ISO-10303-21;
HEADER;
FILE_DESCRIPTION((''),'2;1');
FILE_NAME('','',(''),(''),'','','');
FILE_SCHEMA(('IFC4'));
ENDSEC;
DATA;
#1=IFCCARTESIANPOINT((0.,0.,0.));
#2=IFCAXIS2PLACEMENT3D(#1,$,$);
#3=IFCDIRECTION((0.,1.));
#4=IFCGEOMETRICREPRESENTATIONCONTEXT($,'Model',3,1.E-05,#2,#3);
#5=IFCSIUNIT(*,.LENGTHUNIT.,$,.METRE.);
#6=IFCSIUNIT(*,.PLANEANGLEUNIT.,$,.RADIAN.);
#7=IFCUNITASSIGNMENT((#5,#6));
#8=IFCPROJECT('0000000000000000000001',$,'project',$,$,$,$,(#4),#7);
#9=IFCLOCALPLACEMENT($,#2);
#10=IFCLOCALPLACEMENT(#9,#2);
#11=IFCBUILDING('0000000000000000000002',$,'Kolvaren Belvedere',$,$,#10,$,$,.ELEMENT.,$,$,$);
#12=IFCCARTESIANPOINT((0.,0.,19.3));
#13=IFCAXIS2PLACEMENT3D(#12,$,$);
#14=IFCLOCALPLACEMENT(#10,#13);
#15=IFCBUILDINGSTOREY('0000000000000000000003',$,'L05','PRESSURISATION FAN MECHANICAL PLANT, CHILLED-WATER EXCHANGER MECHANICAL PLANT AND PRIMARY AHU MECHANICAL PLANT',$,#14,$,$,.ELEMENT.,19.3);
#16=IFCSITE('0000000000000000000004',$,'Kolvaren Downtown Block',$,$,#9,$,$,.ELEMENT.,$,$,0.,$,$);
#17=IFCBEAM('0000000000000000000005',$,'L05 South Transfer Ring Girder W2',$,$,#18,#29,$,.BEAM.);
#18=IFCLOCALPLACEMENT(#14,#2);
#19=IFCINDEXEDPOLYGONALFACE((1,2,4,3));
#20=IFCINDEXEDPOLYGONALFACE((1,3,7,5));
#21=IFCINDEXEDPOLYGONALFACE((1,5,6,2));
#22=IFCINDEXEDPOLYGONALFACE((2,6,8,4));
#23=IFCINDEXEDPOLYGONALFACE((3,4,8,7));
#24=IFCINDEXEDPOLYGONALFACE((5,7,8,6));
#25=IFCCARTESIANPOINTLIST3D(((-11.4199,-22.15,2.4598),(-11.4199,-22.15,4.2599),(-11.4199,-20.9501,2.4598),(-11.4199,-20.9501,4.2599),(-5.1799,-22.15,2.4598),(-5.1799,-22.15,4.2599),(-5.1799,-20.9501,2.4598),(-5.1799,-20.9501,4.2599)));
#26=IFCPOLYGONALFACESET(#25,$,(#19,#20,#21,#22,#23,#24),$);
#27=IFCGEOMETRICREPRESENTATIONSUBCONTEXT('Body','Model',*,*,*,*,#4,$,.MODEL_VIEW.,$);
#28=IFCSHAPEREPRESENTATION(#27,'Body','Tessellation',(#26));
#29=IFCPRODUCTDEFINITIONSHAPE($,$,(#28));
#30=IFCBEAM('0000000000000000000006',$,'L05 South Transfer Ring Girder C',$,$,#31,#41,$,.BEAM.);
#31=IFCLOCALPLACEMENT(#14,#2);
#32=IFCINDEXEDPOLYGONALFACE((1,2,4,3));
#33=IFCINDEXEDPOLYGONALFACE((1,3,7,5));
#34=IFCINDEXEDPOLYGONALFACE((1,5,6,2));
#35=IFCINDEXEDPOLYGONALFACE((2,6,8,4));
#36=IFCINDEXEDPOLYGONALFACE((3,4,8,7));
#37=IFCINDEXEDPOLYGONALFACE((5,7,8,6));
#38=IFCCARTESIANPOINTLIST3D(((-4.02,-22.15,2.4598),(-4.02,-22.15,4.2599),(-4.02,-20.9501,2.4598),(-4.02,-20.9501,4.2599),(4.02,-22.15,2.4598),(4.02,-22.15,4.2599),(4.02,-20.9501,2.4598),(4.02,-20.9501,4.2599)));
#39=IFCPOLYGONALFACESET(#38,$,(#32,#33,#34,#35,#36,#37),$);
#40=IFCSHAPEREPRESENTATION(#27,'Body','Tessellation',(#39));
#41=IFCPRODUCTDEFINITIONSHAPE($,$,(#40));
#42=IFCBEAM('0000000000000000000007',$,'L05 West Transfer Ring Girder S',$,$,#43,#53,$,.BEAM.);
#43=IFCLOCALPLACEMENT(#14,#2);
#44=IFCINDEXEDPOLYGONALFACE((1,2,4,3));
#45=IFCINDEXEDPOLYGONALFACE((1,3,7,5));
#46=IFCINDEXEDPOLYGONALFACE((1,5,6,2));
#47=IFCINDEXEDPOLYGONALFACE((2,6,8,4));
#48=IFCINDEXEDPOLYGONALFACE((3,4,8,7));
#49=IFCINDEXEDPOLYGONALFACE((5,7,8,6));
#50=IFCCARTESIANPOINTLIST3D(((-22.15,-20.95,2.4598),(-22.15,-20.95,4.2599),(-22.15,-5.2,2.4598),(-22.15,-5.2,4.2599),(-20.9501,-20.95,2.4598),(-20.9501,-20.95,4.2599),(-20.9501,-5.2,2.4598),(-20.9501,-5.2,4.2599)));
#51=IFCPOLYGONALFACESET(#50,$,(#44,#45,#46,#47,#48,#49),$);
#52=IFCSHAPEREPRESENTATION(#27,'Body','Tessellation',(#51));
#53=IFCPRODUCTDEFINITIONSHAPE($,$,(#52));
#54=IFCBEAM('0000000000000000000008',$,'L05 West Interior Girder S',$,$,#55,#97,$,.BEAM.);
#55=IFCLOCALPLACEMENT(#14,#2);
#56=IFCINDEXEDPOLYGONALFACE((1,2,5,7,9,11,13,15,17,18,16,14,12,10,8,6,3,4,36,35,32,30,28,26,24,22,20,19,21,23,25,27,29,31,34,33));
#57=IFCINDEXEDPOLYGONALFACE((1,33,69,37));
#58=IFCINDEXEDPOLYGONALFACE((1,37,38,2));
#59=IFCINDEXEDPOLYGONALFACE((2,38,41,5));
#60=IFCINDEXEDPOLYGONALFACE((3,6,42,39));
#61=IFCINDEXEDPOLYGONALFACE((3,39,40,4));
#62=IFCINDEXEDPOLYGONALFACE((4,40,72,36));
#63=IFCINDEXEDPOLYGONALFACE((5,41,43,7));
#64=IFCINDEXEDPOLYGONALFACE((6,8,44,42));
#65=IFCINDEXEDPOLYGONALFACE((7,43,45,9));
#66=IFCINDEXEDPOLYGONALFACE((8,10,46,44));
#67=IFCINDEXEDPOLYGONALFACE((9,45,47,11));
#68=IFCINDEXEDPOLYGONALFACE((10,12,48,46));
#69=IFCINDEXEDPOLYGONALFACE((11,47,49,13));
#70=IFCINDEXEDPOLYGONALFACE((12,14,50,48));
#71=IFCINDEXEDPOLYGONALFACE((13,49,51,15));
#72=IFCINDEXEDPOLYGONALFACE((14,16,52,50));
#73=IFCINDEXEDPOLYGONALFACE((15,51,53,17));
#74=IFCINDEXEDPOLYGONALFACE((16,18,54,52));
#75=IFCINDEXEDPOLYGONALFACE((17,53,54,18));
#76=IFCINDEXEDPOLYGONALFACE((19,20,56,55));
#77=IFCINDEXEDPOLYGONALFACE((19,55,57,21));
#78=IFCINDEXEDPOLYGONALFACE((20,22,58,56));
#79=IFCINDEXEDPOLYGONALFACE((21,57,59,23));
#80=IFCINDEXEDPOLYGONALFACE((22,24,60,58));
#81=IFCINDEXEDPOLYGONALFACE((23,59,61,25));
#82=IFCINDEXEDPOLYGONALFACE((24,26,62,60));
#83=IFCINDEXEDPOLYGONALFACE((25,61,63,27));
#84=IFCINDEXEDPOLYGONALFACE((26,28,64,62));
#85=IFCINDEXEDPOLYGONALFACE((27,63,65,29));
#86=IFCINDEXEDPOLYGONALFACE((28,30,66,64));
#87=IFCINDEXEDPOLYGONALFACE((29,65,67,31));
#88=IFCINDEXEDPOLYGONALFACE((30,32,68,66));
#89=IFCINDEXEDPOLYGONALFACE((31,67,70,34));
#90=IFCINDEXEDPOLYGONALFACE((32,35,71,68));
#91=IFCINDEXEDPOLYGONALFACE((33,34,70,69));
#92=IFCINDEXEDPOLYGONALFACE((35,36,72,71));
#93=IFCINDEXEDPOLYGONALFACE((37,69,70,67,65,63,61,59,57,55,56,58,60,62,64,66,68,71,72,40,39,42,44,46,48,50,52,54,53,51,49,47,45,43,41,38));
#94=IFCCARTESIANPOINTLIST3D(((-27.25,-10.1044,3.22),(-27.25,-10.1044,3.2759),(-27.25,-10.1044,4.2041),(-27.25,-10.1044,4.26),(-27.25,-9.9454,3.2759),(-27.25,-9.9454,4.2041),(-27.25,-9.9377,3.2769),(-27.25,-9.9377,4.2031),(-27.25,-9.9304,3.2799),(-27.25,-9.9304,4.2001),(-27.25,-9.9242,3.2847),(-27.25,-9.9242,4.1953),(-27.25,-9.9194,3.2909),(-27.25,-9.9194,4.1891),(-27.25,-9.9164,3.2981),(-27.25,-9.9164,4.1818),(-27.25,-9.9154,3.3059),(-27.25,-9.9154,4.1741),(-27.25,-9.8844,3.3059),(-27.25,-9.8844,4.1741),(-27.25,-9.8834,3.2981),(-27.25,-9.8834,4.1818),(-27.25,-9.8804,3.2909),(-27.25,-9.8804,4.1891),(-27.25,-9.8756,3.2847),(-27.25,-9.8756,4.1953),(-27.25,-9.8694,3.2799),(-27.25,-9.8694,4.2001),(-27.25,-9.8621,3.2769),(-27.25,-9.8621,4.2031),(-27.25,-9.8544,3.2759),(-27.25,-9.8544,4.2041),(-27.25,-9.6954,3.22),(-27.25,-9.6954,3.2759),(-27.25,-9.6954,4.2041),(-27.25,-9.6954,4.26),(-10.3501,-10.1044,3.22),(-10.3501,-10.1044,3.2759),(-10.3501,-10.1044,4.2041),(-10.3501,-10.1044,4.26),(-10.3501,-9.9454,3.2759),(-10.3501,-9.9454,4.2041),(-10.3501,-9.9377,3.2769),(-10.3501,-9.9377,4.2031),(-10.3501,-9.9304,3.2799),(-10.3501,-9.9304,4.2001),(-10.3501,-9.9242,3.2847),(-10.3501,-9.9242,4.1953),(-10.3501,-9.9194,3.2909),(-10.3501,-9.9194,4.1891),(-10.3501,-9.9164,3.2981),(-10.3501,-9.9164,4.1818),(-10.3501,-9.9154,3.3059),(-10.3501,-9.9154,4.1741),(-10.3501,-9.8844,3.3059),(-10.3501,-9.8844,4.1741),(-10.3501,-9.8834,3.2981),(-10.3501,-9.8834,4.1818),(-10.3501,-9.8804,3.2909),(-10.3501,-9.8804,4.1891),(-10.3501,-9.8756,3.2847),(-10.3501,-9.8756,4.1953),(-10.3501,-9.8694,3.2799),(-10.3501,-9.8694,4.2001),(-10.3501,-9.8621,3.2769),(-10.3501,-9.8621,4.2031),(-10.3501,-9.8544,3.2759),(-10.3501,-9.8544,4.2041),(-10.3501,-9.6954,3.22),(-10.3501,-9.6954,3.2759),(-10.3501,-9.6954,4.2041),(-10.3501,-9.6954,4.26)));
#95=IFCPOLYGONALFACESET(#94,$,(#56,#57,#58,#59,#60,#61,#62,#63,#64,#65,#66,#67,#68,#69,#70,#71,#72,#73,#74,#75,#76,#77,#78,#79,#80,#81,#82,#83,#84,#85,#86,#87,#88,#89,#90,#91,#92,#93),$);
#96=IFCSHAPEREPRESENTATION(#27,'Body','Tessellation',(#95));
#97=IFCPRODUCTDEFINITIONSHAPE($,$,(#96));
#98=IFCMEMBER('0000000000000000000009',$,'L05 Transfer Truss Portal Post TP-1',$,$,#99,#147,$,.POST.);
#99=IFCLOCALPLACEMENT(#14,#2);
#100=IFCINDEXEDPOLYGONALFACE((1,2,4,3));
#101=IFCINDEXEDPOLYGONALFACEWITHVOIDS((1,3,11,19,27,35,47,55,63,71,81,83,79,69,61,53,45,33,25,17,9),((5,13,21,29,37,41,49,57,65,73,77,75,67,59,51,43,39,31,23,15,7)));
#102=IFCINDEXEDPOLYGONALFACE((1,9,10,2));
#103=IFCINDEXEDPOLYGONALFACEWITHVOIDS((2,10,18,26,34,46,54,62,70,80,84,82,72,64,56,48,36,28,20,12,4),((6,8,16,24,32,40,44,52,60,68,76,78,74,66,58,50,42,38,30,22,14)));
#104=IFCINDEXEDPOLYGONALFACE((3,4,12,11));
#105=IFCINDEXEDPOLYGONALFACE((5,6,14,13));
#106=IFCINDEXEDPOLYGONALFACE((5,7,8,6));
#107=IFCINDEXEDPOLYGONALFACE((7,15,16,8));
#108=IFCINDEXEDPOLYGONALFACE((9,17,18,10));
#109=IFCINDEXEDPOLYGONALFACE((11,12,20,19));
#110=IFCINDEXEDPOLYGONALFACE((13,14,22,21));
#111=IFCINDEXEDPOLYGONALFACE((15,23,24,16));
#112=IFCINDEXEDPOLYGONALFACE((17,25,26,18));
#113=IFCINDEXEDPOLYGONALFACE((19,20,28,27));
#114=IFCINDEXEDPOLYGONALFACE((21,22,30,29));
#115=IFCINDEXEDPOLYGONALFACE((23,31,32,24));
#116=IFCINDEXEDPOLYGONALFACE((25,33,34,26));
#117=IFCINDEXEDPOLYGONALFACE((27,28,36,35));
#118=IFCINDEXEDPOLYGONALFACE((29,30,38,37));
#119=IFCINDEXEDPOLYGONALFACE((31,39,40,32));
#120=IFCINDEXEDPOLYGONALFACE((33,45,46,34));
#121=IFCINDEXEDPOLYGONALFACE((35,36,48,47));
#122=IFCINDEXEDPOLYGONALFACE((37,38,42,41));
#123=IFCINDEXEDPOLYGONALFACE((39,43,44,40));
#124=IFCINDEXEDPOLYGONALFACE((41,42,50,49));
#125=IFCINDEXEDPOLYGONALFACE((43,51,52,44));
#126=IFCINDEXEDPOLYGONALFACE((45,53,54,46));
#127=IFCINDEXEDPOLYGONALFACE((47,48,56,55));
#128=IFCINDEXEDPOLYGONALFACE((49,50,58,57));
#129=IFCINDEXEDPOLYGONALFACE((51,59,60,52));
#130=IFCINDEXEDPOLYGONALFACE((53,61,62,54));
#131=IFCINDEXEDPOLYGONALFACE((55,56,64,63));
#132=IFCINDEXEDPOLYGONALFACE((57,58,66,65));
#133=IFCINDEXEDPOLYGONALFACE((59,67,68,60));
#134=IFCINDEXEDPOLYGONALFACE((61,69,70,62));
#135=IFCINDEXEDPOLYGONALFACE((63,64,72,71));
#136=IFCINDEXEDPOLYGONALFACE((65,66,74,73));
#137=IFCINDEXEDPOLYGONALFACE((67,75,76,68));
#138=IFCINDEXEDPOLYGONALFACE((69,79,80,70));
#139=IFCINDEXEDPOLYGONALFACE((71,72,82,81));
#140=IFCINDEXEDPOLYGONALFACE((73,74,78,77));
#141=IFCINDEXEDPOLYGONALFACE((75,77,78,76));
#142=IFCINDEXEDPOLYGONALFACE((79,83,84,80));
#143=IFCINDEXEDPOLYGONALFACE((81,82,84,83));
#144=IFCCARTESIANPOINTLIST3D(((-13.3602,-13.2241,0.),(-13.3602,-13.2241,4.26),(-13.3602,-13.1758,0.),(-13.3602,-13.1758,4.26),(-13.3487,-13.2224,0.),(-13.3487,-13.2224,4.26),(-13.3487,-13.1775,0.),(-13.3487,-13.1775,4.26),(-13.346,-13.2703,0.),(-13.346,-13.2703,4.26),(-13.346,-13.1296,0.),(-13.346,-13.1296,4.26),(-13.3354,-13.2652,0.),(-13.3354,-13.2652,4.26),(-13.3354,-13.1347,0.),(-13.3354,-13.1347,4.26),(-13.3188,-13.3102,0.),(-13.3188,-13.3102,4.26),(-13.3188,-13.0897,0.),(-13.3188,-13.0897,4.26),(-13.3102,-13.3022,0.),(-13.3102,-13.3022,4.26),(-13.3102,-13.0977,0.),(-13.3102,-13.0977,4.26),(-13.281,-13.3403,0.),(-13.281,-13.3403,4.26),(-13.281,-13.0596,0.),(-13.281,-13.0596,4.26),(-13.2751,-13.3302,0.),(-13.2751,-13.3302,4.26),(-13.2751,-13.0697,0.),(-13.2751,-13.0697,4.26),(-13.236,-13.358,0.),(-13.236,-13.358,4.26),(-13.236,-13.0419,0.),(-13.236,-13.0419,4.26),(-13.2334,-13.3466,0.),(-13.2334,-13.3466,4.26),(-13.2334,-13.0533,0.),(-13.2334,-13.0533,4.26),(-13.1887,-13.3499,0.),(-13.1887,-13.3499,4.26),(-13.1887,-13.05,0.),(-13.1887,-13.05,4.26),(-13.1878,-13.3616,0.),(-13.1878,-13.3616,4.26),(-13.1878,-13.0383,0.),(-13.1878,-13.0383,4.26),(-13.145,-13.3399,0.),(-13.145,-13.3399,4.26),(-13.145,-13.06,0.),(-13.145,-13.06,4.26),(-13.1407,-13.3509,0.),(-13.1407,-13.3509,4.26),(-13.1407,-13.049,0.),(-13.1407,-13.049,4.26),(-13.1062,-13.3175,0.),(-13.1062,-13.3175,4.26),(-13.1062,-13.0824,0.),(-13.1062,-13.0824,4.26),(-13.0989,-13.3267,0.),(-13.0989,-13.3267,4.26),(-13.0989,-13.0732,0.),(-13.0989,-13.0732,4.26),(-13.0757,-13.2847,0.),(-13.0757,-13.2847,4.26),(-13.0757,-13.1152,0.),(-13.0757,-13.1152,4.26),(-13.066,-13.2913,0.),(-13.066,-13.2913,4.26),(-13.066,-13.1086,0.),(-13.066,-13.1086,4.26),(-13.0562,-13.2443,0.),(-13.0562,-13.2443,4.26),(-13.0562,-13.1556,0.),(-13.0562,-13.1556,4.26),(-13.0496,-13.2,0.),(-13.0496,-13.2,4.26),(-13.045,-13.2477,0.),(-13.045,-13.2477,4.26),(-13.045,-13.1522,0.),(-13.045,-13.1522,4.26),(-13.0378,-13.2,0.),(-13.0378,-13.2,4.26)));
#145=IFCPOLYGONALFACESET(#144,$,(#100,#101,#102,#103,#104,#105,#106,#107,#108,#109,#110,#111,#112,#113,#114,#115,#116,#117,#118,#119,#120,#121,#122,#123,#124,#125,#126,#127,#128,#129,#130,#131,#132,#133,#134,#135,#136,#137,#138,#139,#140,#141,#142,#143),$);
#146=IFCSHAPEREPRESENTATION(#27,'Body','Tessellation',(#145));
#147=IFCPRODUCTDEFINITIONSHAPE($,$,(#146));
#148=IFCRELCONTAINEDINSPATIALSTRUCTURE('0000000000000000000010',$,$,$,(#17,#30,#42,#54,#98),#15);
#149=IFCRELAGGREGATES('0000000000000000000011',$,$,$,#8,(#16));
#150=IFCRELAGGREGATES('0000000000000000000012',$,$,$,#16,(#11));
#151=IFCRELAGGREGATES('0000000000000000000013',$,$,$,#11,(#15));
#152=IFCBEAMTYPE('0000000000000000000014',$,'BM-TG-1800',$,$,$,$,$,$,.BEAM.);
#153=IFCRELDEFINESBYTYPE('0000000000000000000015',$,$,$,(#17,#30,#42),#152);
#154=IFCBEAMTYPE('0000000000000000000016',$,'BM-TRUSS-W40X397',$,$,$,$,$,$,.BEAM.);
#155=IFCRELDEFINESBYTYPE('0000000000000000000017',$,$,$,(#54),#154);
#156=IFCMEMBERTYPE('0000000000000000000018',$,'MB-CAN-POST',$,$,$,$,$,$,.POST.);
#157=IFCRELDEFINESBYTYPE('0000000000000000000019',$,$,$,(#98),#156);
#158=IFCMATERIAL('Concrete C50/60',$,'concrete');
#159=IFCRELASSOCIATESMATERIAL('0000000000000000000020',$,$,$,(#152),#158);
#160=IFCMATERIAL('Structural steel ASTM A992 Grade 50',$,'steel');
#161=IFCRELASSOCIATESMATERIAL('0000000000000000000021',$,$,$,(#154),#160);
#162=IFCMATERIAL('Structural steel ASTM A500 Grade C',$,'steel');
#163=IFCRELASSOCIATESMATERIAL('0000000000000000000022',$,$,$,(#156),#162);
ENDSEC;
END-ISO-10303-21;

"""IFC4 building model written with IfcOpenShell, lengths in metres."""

from ifc_helpers import new_model, si_unit, direction, frame, origin, origin_2d, place, context, subcontext, project, spatial, rectangle, hollow_circle, i_section, extrude, material, material_profile, profile_set, type_object, element, save


model = new_model("IFC4")

# Units and contexts
model_context = context("Model", 3, precision=1e-05, world=origin(), true_north=direction((0.0, 1.0)))
body_context = subcontext(model_context, "Body", "Model", "MODEL_VIEW")
ifc_project = project(units=[si_unit("LENGTHUNIT", "METRE"), si_unit("PLANEANGLEUNIT", "RADIAN")], contexts=[model_context])

# Site, building, storey
site_placement = place(None, origin())
site = spatial("IfcSite", under=ifc_project, at=site_placement, Name="Kolvaren Downtown Block", CompositionType="ELEMENT", RefElevation=0.0)
building_placement = place(site_placement, origin())
building = spatial("IfcBuilding", under=site, at=building_placement, Name="Kolvaren Belvedere", CompositionType="ELEMENT")
storey_placement = place(building_placement, frame((0.0, 0.0, 19.3)))
storey = spatial("IfcBuildingStorey", under=building, at=storey_placement, Name="L05", Description="PRESSURISATION FAN MECHANICAL PLANT, CHILLED-WATER EXCHANGER MECHANICAL PLANT AND PRIMARY AHU MECHANICAL PLANT", CompositionType="ELEMENT", Elevation=19.3)

# Beams
ifc_material_1 = material(Name="Concrete C50/60", Category="concrete")
ifc_material_profile_1 = material_profile(ifc_material_1, rectangle(XDim=1.2, YDim=1.8, at=origin_2d()), Name="RC 1200X1800")
ifc_profile_set_1 = profile_set([ifc_material_profile_1], Name="Concrete C50/60")
beam_type_1 = type_object("IfcBeamType", Name="BM-TG-1800", PredefinedType="BEAM", material=ifc_profile_set_1)
beam_1_placement = place(storey_placement, frame((-11.4199, -21.55, 3.3599), z_axis=(1.0, 0.0, 0.0), x_axis=(0.0, 1.0, 0.0)))
element("IfcBeam", 1, at=beam_1_placement, inside=storey, type_object=beam_type_1, Name="L05 South Transfer Ring Girder W2", PredefinedType="BEAM", context=body_context, shape_type="SweptSolid", body=[
    extrude(rectangle(XDim=1.2, YDim=1.8, at=origin_2d()), origin(), (0.0, 0.0, 1.0), 6.24),
])
beam_2_placement = place(storey_placement, frame((-4.02, -21.55, 3.3599), z_axis=(1.0, 0.0, 0.0), x_axis=(0.0, 1.0, 0.0)))
element("IfcBeam", 2, at=beam_2_placement, inside=storey, type_object=beam_type_1, Name="L05 South Transfer Ring Girder C", PredefinedType="BEAM", context=body_context, shape_type="SweptSolid", body=[
    extrude(rectangle(XDim=1.2, YDim=1.8, at=origin_2d()), origin(), (0.0, 0.0, 1.0), 8.04),
])
beam_3_placement = place(storey_placement, frame((-21.55, -20.95, 3.3599), z_axis=(0.0, 1.0, 0.0), x_axis=(-1.0, 0.0, 0.0)))
element("IfcBeam", 3, at=beam_3_placement, inside=storey, type_object=beam_type_1, Name="L05 West Transfer Ring Girder S", PredefinedType="BEAM", context=body_context, shape_type="SweptSolid", body=[
    extrude(rectangle(XDim=1.2, YDim=1.8, at=origin_2d()), origin(), (0.0, 0.0, 1.0), 15.75),
])
ifc_material_2 = material(Name="Structural steel ASTM A992 Grade 50", Category="steel")
ifc_material_profile_2 = material_profile(ifc_material_2, i_section(OverallWidth=0.4089, OverallDepth=1.04, WebThickness=0.031, FlangeThickness=0.0559, FilletRadius=0.03, at=origin_2d()), Name="W40X397")
ifc_profile_set_2 = profile_set([ifc_material_profile_2], Name="Structural steel ASTM A992 Grade 50")
beam_type_2 = type_object("IfcBeamType", Name="BM-TRUSS-W40X397", PredefinedType="BEAM", material=ifc_profile_set_2)
beam_4_placement = place(storey_placement, frame((-27.25, -9.8999, 3.74), z_axis=(1.0, 0.0, 0.0), x_axis=(0.0, 1.0, 0.0)))
element("IfcBeam", 4, at=beam_4_placement, inside=storey, type_object=beam_type_2, Name="L05 West Interior Girder S", PredefinedType="BEAM", context=body_context, shape_type="SweptSolid", body=[
    extrude(i_section(OverallWidth=0.4089, OverallDepth=1.04, WebThickness=0.031, FlangeThickness=0.0559, FilletRadius=0.03, at=origin_2d()), origin(), (0.0, 0.0, 1.0), 16.8999),
])

# Member
ifc_material_3 = material(Name="Structural steel ASTM A500 Grade C", Category="steel")
ifc_material_profile_3 = material_profile(ifc_material_3, hollow_circle(Radius=0.1621, WallThickness=0.0117, at=origin_2d()), Name="HSS12.750X0.500")
ifc_profile_set_3 = profile_set([ifc_material_profile_3], Name="Structural steel ASTM A500 Grade C")
member_type_1 = type_object("IfcMemberType", Name="MB-CAN-POST", PredefinedType="POST", material=ifc_profile_set_3)
member_1_placement = place(storey_placement, frame((-13.2, -13.2, 0.0), z_axis=(0.0, 0.0, 1.0), x_axis=(1.0, 0.0, 0.0)))
element("IfcMember", 5, at=member_1_placement, inside=storey, type_object=member_type_1, Name="L05 Transfer Truss Portal Post TP-1", PredefinedType="POST", context=body_context, shape_type="SweptSolid", body=[
    extrude(hollow_circle(Radius=0.1621, WallThickness=0.0117, at=origin_2d()), origin(), (0.0, 0.0, 1.0), 4.26),
])

save(model, "model.ifc")
